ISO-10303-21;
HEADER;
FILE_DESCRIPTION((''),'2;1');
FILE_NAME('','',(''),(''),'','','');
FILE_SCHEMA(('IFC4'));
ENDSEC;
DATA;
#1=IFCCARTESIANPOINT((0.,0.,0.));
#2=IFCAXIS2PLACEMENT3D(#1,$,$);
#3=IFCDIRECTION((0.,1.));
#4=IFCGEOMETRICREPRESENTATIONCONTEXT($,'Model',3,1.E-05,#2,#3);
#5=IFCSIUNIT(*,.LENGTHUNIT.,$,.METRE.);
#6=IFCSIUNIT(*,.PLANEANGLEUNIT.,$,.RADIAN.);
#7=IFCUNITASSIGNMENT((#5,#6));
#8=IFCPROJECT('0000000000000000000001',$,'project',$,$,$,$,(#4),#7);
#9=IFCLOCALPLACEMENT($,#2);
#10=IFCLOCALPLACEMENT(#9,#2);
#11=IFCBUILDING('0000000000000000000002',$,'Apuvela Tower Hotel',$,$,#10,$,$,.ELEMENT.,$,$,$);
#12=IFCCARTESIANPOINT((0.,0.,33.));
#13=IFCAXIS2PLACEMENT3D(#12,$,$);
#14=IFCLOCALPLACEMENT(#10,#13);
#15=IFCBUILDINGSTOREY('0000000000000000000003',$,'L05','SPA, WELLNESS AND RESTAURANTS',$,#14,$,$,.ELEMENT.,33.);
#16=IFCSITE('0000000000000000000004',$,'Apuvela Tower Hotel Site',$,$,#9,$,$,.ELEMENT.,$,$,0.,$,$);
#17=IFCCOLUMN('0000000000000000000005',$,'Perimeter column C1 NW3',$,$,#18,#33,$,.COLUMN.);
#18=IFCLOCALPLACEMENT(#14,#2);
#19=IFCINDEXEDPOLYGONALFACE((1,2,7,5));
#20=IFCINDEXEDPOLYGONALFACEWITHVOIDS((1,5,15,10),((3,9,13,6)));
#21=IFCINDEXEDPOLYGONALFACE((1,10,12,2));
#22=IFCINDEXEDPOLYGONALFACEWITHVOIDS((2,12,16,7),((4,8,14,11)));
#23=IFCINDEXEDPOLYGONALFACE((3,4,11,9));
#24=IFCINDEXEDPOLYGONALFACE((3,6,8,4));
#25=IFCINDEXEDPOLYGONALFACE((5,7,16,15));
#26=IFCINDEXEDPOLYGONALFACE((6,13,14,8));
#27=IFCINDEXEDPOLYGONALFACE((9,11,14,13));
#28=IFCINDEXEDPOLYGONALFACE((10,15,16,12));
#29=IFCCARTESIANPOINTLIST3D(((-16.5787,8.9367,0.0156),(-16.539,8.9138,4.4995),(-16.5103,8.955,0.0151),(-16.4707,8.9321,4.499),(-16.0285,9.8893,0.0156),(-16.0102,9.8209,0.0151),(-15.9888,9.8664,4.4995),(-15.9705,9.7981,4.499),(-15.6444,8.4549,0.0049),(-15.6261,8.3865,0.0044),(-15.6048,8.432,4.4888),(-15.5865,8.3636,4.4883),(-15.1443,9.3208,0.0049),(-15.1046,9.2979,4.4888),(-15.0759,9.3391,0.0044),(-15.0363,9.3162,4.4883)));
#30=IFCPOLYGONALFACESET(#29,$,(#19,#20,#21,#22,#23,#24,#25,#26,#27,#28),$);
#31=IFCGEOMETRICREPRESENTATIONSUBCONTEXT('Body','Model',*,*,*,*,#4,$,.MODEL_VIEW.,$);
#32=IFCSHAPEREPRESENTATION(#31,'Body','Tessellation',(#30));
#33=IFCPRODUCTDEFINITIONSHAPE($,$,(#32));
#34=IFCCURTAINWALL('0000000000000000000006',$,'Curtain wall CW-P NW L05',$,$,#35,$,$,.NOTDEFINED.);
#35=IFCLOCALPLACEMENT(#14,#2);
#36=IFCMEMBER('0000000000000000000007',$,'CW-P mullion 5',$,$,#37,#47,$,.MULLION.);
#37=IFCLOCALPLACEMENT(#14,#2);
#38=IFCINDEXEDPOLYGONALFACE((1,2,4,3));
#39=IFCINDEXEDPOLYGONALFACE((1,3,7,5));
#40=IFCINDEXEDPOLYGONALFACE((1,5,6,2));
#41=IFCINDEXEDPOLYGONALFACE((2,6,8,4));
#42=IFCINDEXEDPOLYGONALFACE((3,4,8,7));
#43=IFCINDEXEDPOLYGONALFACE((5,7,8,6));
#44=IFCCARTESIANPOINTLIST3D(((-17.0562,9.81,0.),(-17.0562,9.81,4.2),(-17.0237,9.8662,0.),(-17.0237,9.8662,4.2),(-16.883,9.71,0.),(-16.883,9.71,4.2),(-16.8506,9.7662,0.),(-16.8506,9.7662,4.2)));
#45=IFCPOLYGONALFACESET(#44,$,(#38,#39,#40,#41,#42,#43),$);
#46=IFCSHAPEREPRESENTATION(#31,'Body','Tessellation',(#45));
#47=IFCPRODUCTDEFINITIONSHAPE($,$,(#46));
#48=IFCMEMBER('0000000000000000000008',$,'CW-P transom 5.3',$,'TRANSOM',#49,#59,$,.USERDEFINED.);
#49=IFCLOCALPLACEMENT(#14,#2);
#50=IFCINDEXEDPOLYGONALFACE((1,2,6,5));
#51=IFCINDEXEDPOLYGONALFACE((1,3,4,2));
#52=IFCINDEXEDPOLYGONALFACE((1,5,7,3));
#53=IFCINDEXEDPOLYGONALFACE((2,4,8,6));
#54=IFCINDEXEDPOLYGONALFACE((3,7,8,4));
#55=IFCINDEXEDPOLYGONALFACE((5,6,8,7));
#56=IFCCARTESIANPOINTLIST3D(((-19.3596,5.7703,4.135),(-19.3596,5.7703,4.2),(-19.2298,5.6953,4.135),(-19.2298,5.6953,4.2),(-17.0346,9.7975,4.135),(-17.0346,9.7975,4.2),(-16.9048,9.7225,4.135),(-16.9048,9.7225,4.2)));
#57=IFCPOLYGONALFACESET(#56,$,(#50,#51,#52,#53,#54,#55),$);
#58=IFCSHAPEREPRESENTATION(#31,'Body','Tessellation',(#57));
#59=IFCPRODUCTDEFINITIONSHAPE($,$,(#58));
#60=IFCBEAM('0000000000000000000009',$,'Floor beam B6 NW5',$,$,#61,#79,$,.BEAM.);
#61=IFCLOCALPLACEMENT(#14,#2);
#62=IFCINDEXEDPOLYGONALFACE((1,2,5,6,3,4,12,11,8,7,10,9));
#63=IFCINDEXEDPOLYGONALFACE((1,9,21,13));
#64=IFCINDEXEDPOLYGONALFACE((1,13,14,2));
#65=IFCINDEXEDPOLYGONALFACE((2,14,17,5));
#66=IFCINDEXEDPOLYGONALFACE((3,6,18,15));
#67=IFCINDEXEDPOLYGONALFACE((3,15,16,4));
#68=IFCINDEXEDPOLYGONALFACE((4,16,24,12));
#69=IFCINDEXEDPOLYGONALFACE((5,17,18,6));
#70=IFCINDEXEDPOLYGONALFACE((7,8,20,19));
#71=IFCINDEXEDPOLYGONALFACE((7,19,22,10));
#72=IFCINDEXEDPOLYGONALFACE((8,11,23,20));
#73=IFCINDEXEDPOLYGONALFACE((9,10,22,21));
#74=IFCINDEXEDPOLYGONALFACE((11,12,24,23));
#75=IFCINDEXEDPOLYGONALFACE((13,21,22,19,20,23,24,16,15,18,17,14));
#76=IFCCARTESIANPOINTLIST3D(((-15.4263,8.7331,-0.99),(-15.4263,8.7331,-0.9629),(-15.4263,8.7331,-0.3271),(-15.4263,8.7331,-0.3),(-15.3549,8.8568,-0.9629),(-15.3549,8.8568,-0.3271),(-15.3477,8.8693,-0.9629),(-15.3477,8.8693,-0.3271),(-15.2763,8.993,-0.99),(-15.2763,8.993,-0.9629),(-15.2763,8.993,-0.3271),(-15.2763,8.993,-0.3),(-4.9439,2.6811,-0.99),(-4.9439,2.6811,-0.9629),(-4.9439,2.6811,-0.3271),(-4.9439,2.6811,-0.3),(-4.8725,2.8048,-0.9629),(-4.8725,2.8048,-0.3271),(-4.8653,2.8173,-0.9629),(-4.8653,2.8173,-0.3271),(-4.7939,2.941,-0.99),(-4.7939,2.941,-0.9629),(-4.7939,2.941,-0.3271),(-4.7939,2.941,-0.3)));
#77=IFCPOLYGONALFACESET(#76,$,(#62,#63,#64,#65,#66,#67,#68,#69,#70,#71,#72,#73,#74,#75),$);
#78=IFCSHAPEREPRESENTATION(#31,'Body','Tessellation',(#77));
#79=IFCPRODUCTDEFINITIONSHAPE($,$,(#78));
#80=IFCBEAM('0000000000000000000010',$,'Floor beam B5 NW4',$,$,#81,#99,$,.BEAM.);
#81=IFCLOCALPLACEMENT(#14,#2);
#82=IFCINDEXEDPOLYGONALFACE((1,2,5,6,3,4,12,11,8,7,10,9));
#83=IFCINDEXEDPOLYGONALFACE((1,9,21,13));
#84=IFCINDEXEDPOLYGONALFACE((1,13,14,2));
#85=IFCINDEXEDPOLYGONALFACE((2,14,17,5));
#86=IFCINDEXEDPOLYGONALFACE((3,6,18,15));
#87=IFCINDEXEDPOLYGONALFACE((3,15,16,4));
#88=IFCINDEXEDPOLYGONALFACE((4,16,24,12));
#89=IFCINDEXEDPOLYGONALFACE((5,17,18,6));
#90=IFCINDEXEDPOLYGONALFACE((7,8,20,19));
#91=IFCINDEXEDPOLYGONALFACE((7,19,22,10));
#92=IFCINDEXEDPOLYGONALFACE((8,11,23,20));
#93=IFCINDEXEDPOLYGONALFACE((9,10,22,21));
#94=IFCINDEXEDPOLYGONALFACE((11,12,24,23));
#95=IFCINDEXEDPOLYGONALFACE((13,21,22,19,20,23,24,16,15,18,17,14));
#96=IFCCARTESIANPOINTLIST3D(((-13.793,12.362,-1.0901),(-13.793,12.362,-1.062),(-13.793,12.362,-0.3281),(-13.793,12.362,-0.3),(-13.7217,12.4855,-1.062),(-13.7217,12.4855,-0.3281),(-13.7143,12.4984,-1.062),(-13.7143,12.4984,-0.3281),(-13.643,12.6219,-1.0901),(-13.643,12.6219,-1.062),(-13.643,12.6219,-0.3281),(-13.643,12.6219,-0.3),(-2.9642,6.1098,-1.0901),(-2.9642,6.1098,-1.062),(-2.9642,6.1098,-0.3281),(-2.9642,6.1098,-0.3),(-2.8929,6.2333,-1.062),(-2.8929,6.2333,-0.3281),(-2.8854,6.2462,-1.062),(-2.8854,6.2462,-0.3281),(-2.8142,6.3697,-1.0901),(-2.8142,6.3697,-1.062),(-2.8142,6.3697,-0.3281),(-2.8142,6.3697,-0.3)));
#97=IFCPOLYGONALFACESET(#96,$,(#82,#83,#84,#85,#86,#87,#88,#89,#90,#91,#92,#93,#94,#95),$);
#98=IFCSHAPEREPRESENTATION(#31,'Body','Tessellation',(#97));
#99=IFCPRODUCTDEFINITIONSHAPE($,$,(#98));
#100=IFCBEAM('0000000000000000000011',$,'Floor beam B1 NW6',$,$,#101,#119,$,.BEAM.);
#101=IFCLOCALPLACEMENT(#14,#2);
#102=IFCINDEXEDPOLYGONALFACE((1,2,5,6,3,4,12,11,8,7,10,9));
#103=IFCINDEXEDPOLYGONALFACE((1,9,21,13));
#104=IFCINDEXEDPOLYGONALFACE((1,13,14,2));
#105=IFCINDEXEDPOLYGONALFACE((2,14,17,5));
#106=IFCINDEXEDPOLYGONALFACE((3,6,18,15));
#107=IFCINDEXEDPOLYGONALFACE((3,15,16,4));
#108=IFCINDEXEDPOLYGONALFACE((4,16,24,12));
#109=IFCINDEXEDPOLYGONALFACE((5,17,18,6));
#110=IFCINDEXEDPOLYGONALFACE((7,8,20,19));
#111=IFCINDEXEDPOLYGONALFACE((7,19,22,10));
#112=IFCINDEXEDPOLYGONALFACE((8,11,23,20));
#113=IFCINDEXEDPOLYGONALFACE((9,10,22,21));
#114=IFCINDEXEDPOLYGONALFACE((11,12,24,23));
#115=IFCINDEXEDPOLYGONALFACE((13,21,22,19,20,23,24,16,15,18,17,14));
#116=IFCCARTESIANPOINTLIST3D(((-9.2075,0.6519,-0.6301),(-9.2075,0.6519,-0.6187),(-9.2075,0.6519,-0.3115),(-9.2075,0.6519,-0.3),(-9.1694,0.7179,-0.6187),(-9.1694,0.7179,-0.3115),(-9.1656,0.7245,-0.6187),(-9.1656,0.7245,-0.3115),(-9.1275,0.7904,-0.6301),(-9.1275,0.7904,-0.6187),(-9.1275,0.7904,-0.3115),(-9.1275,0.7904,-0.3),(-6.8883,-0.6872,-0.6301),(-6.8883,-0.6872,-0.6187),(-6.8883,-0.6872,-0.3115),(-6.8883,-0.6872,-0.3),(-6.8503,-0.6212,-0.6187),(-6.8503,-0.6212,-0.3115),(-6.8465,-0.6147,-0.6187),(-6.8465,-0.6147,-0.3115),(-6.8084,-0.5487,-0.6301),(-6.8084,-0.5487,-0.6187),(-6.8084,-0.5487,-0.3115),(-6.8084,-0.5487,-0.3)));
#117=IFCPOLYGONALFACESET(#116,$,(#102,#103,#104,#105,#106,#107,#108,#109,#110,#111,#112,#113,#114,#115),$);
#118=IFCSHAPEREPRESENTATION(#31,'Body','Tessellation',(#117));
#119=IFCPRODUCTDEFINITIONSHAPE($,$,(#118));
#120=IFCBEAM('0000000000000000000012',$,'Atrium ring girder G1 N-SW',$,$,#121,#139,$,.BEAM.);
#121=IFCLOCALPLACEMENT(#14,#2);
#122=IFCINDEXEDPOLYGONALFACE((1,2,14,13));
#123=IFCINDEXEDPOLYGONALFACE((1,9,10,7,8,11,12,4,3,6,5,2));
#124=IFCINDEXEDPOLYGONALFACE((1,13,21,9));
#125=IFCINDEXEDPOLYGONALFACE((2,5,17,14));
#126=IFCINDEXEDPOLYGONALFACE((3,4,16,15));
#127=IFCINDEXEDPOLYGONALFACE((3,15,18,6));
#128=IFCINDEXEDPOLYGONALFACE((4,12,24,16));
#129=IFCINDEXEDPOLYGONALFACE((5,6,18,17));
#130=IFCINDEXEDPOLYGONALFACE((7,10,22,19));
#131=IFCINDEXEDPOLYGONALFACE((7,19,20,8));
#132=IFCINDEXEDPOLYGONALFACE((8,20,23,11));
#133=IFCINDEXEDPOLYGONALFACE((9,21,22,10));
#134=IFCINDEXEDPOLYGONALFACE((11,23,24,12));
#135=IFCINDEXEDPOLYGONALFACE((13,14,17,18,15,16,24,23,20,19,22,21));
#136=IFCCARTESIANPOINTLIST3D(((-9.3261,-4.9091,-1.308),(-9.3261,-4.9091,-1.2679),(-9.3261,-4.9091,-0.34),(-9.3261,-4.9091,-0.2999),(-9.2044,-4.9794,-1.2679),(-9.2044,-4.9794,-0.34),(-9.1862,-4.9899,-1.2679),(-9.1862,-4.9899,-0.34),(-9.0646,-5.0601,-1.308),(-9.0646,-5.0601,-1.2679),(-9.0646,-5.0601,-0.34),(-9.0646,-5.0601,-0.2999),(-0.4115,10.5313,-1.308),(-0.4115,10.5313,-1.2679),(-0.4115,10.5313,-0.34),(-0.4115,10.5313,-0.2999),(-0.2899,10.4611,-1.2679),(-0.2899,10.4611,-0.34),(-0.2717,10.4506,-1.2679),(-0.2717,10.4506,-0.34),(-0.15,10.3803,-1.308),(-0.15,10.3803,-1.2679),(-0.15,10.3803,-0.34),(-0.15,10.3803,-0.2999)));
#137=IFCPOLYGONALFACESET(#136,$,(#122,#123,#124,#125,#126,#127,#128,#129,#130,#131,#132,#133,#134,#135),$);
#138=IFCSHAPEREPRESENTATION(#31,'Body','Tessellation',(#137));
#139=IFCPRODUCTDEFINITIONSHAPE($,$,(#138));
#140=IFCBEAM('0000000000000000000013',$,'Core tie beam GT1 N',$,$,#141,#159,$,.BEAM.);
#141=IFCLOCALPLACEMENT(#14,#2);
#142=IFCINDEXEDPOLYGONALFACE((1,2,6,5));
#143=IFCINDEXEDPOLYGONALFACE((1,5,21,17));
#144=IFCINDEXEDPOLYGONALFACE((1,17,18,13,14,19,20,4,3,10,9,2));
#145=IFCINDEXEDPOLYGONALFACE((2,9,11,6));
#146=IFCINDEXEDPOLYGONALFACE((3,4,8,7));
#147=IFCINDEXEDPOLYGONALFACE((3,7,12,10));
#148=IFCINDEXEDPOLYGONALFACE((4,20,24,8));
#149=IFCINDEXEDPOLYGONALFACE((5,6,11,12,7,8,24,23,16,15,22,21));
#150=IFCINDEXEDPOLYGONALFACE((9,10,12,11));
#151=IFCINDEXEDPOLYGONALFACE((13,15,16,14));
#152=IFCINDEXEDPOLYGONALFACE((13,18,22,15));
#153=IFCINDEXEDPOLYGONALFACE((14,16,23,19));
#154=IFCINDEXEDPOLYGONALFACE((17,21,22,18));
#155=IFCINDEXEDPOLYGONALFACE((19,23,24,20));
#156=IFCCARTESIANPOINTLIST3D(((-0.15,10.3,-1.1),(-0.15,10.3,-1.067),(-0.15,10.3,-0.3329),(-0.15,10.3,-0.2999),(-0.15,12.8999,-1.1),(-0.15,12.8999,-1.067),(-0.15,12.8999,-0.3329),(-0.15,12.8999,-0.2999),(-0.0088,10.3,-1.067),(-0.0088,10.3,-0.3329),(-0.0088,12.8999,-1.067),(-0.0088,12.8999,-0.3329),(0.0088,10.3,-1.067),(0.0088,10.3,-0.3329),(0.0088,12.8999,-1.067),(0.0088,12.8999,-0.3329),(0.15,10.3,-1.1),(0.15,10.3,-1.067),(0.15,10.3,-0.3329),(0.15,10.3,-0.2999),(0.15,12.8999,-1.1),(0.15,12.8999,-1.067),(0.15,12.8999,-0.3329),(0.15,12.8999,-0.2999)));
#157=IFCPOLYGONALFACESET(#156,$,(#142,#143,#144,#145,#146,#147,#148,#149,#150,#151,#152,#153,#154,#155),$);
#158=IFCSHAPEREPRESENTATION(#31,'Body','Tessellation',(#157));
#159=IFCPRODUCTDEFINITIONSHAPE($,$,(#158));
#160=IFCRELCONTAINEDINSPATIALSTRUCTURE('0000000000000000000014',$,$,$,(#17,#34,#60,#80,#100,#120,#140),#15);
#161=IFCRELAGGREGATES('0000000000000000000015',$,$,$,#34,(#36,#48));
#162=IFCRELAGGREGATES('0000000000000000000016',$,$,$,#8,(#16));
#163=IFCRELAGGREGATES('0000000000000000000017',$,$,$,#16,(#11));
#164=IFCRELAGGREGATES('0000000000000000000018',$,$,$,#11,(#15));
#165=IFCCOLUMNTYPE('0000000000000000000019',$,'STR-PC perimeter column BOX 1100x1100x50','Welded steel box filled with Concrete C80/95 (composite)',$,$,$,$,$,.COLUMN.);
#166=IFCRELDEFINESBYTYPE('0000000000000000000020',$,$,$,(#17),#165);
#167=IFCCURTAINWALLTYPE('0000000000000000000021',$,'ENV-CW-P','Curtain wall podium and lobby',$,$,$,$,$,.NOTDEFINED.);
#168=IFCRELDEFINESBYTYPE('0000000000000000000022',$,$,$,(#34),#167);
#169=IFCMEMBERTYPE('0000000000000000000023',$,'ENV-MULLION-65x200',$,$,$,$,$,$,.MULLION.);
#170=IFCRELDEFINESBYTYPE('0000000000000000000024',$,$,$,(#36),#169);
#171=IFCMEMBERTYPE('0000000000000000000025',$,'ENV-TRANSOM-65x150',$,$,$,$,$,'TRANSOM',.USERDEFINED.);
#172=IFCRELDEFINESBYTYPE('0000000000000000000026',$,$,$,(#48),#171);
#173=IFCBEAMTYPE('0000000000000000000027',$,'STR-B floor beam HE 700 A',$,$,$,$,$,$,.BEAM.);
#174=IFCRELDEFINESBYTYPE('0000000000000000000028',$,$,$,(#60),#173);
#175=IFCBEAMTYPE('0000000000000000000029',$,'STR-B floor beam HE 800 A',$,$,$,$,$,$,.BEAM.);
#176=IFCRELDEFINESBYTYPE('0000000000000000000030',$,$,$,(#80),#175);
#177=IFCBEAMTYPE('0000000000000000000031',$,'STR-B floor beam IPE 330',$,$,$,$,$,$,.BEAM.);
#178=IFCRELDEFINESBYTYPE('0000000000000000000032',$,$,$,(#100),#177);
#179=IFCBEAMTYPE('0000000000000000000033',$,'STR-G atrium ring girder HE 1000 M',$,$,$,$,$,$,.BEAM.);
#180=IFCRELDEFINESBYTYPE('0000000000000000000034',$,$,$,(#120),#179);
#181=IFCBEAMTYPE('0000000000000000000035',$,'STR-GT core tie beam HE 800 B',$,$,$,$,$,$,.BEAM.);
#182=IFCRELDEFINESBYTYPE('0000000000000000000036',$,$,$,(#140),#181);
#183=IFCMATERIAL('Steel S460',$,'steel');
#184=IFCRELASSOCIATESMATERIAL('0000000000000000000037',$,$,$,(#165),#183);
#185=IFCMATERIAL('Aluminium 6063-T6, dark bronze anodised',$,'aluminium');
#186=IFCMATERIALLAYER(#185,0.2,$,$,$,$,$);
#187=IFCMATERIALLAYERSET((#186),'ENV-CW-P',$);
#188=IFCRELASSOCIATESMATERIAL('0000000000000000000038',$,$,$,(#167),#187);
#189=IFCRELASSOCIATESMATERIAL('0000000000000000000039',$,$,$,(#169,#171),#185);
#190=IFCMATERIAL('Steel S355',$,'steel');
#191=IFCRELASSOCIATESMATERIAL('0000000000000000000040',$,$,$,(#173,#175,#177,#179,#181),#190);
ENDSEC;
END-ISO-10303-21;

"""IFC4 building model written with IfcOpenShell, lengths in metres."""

from ifc_helpers import new_model, si_unit, direction, frame, origin, origin_2d, place, context, subcontext, project, spatial, rectangle, hollow_rectangle, i_section, extrude, boolean, halfspace, material, layer, layer_set, material_profile, profile_set, type_object, element, aggregate, save


model = new_model("IFC4")

# Units and contexts
model_context = context("Model", 3, precision=1e-05, world=origin(), true_north=direction((0.0, 1.0)))
body_context = subcontext(model_context, "Body", "Model", "MODEL_VIEW")
ifc_project = project(units=[si_unit("LENGTHUNIT", "METRE"), si_unit("PLANEANGLEUNIT", "RADIAN")], contexts=[model_context])

# Site, building, storey
site_placement = place(None, origin())
site = spatial("IfcSite", under=ifc_project, at=site_placement, Name="Apuvela Tower Hotel Site", CompositionType="ELEMENT", RefElevation=0.0)
building_placement = place(site_placement, origin())
building = spatial("IfcBuilding", under=site, at=building_placement, Name="Apuvela Tower Hotel", CompositionType="ELEMENT")
storey_placement = place(building_placement, frame((0.0, 0.0, 33.0)))
storey = spatial("IfcBuildingStorey", under=building, at=storey_placement, Name="L05", Description="SPA, WELLNESS AND RESTAURANTS", CompositionType="ELEMENT", Elevation=33.0)

# Column
ifc_material_1 = material(Name="Steel S460", Category="steel")
ifc_material_profile_1 = material_profile(ifc_material_1, hollow_rectangle(XDim=1.1001, YDim=1.1001, WallThickness=0.05, at=origin_2d()), Name="BOX 1100x1100x50")
ifc_material_2 = material(Name="Concrete C80/95", Category="concrete")
ifc_material_profile_2 = material_profile(ifc_material_2, rectangle(XDim=1.0, YDim=1.0, at=origin_2d()), Name="Concrete C80/95 infill")
ifc_profile_set_1 = profile_set([ifc_material_profile_1, ifc_material_profile_2], Name="Steel S460")
column_type = type_object("IfcColumnType", Name="STR-PC perimeter column BOX 1100x1100x50", Description="Welded steel box filled with Concrete C80/95 (composite)", PredefinedType="COLUMN", material=ifc_profile_set_1)
column_placement = place(storey_placement, frame((-15.8274, 9.1379, 0.0), z_axis=(0.008843, -0.0051, 0.999948), x_axis=(-0.500159, -0.865934, 0.000007)))
element("IfcColumn", 1, at=column_placement, inside=storey, type_object=column_type, Name="Perimeter column C1 NW3", PredefinedType="COLUMN", context=body_context, shape_type="SweptSolid", body=[
    boolean("DIFFERENCE", boolean("DIFFERENCE", extrude(hollow_rectangle(XDim=1.1001, YDim=1.1001, WallThickness=0.05, at=origin_2d()), origin(), (0.0, 0.0, 1.0), 4.5002), halfspace(frame((0.0, 0.0, 0.01), z_axis=(0.0, 0.0, 1.0), x_axis=(1.0, 0.0, 0.0)), True)), halfspace(frame((0.0, 0.0, 4.4941), z_axis=(0.0, 0.0, 1.0), x_axis=(1.0, 0.0, 0.0)), False)),
])

# Curtain wall, members
ifc_material_3 = material(Name="Aluminium 6063-T6, dark bronze anodised", Category="aluminium")
ifc_layer_1 = layer(ifc_material_3, 0.2)
ifc_layer_set_1 = layer_set([ifc_layer_1], Name="ENV-CW-P")
curtain_wall_type = type_object("IfcCurtainWallType", Name="ENV-CW-P", Description="Curtain wall podium and lobby", PredefinedType="NOTDEFINED", material=ifc_layer_set_1)
curtain_wall_placement = place(storey_placement, origin())
curtain_wall = element("IfcCurtainWall", 2, at=curtain_wall_placement, inside=storey, type_object=curtain_wall_type, Name="Curtain wall CW-P NW L05", PredefinedType="NOTDEFINED")
ifc_material_profile_3 = material_profile(ifc_material_3, rectangle(XDim=0.2, YDim=0.0649, at=origin_2d()), Name="AL 65x200")
ifc_profile_set_2 = profile_set([ifc_material_profile_3], Name="Aluminium 6063-T6, dark bronze anodised")
member_type_1 = type_object("IfcMemberType", Name="ENV-MULLION-65x200", PredefinedType="MULLION", material=ifc_profile_set_2)
member_1_placement = place(storey_placement, frame((-16.9534, 9.7881, 0.0), z_axis=(0.0, 0.0, 1.0), x_axis=(0.866026, -0.5, 0.0)))
member_1 = element("IfcMember", 3, at=member_1_placement, type_object=member_type_1, Name="CW-P mullion 5", PredefinedType="MULLION", context=body_context, shape_type="SweptSolid", body=[
    extrude(rectangle(XDim=0.2, YDim=0.0649, at=origin_2d()), origin(), (0.0, 0.0, 1.0), 4.2),
])
ifc_material_profile_4 = material_profile(ifc_material_3, rectangle(XDim=0.1499, YDim=0.0649, at=origin_2d()), Name="AL 65x150 transom")
ifc_profile_set_3 = profile_set([ifc_material_profile_4], Name="Aluminium 6063-T6, dark bronze anodised")
member_type_2 = type_object("IfcMemberType", Name="ENV-TRANSOM-65x150", ElementType="TRANSOM", PredefinedType="USERDEFINED", material=ifc_profile_set_3)
member_2_placement = place(storey_placement, frame((-16.9697, 9.76, 4.1675), z_axis=(-0.499985, -0.866034, 0.0), x_axis=(0.866034, -0.499985, 0.0)))
member_2 = element("IfcMember", 4, at=member_2_placement, type_object=member_type_2, Name="CW-P transom 5.3", ObjectType="TRANSOM", PredefinedType="USERDEFINED", context=body_context, shape_type="SweptSolid", body=[
    extrude(rectangle(XDim=0.1499, YDim=0.0649, at=origin_2d()), origin(), (0.0, 0.0, 1.0), 4.6501),
])

# Beams
ifc_material_4 = material(Name="Steel S355", Category="steel")
ifc_material_profile_5 = material_profile(ifc_material_4, i_section(OverallWidth=0.3, OverallDepth=0.6899, WebThickness=0.0144, FlangeThickness=0.0271, at=origin_2d()), Name="HE 700 A")
ifc_profile_set_4 = profile_set([ifc_material_profile_5], Name="Steel S355")
beam_type_1 = type_object("IfcBeamType", Name="STR-B floor beam HE 700 A", PredefinedType="BEAM", material=ifc_profile_set_4)
beam_1_placement = place(storey_placement, frame((-15.3513, 8.863, -0.645), z_axis=(0.866026, -0.499998, 0.0), x_axis=(0.499998, 0.866026, 0.0)))
element("IfcBeam", 5, at=beam_1_placement, inside=storey, type_object=beam_type_1, Name="Floor beam B6 NW5", PredefinedType="BEAM", context=body_context, shape_type="SweptSolid", body=[
    extrude(i_section(OverallWidth=0.3, OverallDepth=0.6899, WebThickness=0.0144, FlangeThickness=0.0271, at=origin_2d()), origin(), (0.0, 0.0, 1.0), 12.104),
])
ifc_material_profile_6 = material_profile(ifc_material_4, i_section(OverallWidth=0.3, OverallDepth=0.79, WebThickness=0.0149, FlangeThickness=0.0281, at=origin_2d()), Name="HE 800 A")
ifc_profile_set_5 = profile_set([ifc_material_profile_6], Name="Steel S355")
beam_type_2 = type_object("IfcBeamType", Name="STR-B floor beam HE 800 A", PredefinedType="BEAM", material=ifc_profile_set_5)
beam_2_placement = place(storey_placement, frame((-13.718, 12.4919, -0.6951), z_axis=(0.86602, -0.500009, 0.0), x_axis=(0.500009, 0.86602, 0.0)))
element("IfcBeam", 6, at=beam_2_placement, inside=storey, type_object=beam_type_2, Name="Floor beam B5 NW4", PredefinedType="BEAM", context=body_context, shape_type="SweptSolid", body=[
    extrude(i_section(OverallWidth=0.3, OverallDepth=0.79, WebThickness=0.0149, FlangeThickness=0.0281, at=origin_2d()), origin(), (0.0, 0.0, 1.0), 12.5042),
])
ifc_material_profile_7 = material_profile(ifc_material_4, i_section(OverallWidth=0.1599, OverallDepth=0.3301, WebThickness=0.0076, FlangeThickness=0.0115, at=origin_2d()), Name="IPE 330")
ifc_profile_set_6 = profile_set([ifc_material_profile_7], Name="Steel S355")
beam_type_3 = type_object("IfcBeamType", Name="STR-B floor beam IPE 330", PredefinedType="BEAM", material=ifc_profile_set_6)
beam_3_placement = place(storey_placement, frame((-9.1675, 0.7212, -0.4651), z_axis=(0.865996, -0.500051, 0.0), x_axis=(0.500051, 0.865996, 0.0)))
element("IfcBeam", 7, at=beam_3_placement, inside=storey, type_object=beam_type_3, Name="Floor beam B1 NW6", PredefinedType="BEAM", context=body_context, shape_type="SweptSolid", body=[
    extrude(i_section(OverallWidth=0.1599, OverallDepth=0.3301, WebThickness=0.0076, FlangeThickness=0.0115, at=origin_2d()), origin(), (0.0, 0.0, 1.0), 2.678),
])
ifc_material_profile_8 = material_profile(ifc_material_4, i_section(OverallWidth=0.302, OverallDepth=1.0081, WebThickness=0.021, FlangeThickness=0.04, at=origin_2d()), Name="HE 1000 M")
ifc_profile_set_7 = profile_set([ifc_material_profile_8], Name="Steel S355")
beam_type_4 = type_object("IfcBeamType", Name="STR-G atrium ring girder HE 1000 M", PredefinedType="BEAM", material=ifc_profile_set_7)
beam_4_placement = place(storey_placement, frame((-0.2808, 10.4558, -0.804), z_axis=(-0.500001, -0.866025, 0.0), x_axis=(0.866025, -0.500001, 0.0)))
element("IfcBeam", 8, at=beam_4_placement, inside=storey, type_object=beam_type_4, Name="Atrium ring girder G1 N-SW", PredefinedType="BEAM", context=body_context, shape_type="SweptSolid", body=[
    extrude(i_section(OverallWidth=0.302, OverallDepth=1.0081, WebThickness=0.021, FlangeThickness=0.04, at=origin_2d()), origin(), (0.0, 0.0, 1.0), 17.8291),
])
ifc_material_profile_9 = material_profile(ifc_material_4, i_section(OverallWidth=0.3, OverallDepth=0.8, WebThickness=0.0176, FlangeThickness=0.033, at=origin_2d()), Name="HE 800 B")
ifc_profile_set_8 = profile_set([ifc_material_profile_9], Name="Steel S355")
beam_type_5 = type_object("IfcBeamType", Name="STR-GT core tie beam HE 800 B", PredefinedType="BEAM", material=ifc_profile_set_8)
beam_5_placement = place(storey_placement, frame((0.0, 12.8999, -0.7), z_axis=(0.0, -1.0, 0.0), x_axis=(1.0, 0.0, 0.0)))
element("IfcBeam", 9, at=beam_5_placement, inside=storey, type_object=beam_type_5, Name="Core tie beam GT1 N", PredefinedType="BEAM", context=body_context, shape_type="SweptSolid", body=[
    extrude(i_section(OverallWidth=0.3, OverallDepth=0.8, WebThickness=0.0176, FlangeThickness=0.033, at=origin_2d()), origin(), (0.0, 0.0, 1.0), 2.5999),
])

aggregate(curtain_wall, [member_1, member_2])

save(model, "model.ifc")
